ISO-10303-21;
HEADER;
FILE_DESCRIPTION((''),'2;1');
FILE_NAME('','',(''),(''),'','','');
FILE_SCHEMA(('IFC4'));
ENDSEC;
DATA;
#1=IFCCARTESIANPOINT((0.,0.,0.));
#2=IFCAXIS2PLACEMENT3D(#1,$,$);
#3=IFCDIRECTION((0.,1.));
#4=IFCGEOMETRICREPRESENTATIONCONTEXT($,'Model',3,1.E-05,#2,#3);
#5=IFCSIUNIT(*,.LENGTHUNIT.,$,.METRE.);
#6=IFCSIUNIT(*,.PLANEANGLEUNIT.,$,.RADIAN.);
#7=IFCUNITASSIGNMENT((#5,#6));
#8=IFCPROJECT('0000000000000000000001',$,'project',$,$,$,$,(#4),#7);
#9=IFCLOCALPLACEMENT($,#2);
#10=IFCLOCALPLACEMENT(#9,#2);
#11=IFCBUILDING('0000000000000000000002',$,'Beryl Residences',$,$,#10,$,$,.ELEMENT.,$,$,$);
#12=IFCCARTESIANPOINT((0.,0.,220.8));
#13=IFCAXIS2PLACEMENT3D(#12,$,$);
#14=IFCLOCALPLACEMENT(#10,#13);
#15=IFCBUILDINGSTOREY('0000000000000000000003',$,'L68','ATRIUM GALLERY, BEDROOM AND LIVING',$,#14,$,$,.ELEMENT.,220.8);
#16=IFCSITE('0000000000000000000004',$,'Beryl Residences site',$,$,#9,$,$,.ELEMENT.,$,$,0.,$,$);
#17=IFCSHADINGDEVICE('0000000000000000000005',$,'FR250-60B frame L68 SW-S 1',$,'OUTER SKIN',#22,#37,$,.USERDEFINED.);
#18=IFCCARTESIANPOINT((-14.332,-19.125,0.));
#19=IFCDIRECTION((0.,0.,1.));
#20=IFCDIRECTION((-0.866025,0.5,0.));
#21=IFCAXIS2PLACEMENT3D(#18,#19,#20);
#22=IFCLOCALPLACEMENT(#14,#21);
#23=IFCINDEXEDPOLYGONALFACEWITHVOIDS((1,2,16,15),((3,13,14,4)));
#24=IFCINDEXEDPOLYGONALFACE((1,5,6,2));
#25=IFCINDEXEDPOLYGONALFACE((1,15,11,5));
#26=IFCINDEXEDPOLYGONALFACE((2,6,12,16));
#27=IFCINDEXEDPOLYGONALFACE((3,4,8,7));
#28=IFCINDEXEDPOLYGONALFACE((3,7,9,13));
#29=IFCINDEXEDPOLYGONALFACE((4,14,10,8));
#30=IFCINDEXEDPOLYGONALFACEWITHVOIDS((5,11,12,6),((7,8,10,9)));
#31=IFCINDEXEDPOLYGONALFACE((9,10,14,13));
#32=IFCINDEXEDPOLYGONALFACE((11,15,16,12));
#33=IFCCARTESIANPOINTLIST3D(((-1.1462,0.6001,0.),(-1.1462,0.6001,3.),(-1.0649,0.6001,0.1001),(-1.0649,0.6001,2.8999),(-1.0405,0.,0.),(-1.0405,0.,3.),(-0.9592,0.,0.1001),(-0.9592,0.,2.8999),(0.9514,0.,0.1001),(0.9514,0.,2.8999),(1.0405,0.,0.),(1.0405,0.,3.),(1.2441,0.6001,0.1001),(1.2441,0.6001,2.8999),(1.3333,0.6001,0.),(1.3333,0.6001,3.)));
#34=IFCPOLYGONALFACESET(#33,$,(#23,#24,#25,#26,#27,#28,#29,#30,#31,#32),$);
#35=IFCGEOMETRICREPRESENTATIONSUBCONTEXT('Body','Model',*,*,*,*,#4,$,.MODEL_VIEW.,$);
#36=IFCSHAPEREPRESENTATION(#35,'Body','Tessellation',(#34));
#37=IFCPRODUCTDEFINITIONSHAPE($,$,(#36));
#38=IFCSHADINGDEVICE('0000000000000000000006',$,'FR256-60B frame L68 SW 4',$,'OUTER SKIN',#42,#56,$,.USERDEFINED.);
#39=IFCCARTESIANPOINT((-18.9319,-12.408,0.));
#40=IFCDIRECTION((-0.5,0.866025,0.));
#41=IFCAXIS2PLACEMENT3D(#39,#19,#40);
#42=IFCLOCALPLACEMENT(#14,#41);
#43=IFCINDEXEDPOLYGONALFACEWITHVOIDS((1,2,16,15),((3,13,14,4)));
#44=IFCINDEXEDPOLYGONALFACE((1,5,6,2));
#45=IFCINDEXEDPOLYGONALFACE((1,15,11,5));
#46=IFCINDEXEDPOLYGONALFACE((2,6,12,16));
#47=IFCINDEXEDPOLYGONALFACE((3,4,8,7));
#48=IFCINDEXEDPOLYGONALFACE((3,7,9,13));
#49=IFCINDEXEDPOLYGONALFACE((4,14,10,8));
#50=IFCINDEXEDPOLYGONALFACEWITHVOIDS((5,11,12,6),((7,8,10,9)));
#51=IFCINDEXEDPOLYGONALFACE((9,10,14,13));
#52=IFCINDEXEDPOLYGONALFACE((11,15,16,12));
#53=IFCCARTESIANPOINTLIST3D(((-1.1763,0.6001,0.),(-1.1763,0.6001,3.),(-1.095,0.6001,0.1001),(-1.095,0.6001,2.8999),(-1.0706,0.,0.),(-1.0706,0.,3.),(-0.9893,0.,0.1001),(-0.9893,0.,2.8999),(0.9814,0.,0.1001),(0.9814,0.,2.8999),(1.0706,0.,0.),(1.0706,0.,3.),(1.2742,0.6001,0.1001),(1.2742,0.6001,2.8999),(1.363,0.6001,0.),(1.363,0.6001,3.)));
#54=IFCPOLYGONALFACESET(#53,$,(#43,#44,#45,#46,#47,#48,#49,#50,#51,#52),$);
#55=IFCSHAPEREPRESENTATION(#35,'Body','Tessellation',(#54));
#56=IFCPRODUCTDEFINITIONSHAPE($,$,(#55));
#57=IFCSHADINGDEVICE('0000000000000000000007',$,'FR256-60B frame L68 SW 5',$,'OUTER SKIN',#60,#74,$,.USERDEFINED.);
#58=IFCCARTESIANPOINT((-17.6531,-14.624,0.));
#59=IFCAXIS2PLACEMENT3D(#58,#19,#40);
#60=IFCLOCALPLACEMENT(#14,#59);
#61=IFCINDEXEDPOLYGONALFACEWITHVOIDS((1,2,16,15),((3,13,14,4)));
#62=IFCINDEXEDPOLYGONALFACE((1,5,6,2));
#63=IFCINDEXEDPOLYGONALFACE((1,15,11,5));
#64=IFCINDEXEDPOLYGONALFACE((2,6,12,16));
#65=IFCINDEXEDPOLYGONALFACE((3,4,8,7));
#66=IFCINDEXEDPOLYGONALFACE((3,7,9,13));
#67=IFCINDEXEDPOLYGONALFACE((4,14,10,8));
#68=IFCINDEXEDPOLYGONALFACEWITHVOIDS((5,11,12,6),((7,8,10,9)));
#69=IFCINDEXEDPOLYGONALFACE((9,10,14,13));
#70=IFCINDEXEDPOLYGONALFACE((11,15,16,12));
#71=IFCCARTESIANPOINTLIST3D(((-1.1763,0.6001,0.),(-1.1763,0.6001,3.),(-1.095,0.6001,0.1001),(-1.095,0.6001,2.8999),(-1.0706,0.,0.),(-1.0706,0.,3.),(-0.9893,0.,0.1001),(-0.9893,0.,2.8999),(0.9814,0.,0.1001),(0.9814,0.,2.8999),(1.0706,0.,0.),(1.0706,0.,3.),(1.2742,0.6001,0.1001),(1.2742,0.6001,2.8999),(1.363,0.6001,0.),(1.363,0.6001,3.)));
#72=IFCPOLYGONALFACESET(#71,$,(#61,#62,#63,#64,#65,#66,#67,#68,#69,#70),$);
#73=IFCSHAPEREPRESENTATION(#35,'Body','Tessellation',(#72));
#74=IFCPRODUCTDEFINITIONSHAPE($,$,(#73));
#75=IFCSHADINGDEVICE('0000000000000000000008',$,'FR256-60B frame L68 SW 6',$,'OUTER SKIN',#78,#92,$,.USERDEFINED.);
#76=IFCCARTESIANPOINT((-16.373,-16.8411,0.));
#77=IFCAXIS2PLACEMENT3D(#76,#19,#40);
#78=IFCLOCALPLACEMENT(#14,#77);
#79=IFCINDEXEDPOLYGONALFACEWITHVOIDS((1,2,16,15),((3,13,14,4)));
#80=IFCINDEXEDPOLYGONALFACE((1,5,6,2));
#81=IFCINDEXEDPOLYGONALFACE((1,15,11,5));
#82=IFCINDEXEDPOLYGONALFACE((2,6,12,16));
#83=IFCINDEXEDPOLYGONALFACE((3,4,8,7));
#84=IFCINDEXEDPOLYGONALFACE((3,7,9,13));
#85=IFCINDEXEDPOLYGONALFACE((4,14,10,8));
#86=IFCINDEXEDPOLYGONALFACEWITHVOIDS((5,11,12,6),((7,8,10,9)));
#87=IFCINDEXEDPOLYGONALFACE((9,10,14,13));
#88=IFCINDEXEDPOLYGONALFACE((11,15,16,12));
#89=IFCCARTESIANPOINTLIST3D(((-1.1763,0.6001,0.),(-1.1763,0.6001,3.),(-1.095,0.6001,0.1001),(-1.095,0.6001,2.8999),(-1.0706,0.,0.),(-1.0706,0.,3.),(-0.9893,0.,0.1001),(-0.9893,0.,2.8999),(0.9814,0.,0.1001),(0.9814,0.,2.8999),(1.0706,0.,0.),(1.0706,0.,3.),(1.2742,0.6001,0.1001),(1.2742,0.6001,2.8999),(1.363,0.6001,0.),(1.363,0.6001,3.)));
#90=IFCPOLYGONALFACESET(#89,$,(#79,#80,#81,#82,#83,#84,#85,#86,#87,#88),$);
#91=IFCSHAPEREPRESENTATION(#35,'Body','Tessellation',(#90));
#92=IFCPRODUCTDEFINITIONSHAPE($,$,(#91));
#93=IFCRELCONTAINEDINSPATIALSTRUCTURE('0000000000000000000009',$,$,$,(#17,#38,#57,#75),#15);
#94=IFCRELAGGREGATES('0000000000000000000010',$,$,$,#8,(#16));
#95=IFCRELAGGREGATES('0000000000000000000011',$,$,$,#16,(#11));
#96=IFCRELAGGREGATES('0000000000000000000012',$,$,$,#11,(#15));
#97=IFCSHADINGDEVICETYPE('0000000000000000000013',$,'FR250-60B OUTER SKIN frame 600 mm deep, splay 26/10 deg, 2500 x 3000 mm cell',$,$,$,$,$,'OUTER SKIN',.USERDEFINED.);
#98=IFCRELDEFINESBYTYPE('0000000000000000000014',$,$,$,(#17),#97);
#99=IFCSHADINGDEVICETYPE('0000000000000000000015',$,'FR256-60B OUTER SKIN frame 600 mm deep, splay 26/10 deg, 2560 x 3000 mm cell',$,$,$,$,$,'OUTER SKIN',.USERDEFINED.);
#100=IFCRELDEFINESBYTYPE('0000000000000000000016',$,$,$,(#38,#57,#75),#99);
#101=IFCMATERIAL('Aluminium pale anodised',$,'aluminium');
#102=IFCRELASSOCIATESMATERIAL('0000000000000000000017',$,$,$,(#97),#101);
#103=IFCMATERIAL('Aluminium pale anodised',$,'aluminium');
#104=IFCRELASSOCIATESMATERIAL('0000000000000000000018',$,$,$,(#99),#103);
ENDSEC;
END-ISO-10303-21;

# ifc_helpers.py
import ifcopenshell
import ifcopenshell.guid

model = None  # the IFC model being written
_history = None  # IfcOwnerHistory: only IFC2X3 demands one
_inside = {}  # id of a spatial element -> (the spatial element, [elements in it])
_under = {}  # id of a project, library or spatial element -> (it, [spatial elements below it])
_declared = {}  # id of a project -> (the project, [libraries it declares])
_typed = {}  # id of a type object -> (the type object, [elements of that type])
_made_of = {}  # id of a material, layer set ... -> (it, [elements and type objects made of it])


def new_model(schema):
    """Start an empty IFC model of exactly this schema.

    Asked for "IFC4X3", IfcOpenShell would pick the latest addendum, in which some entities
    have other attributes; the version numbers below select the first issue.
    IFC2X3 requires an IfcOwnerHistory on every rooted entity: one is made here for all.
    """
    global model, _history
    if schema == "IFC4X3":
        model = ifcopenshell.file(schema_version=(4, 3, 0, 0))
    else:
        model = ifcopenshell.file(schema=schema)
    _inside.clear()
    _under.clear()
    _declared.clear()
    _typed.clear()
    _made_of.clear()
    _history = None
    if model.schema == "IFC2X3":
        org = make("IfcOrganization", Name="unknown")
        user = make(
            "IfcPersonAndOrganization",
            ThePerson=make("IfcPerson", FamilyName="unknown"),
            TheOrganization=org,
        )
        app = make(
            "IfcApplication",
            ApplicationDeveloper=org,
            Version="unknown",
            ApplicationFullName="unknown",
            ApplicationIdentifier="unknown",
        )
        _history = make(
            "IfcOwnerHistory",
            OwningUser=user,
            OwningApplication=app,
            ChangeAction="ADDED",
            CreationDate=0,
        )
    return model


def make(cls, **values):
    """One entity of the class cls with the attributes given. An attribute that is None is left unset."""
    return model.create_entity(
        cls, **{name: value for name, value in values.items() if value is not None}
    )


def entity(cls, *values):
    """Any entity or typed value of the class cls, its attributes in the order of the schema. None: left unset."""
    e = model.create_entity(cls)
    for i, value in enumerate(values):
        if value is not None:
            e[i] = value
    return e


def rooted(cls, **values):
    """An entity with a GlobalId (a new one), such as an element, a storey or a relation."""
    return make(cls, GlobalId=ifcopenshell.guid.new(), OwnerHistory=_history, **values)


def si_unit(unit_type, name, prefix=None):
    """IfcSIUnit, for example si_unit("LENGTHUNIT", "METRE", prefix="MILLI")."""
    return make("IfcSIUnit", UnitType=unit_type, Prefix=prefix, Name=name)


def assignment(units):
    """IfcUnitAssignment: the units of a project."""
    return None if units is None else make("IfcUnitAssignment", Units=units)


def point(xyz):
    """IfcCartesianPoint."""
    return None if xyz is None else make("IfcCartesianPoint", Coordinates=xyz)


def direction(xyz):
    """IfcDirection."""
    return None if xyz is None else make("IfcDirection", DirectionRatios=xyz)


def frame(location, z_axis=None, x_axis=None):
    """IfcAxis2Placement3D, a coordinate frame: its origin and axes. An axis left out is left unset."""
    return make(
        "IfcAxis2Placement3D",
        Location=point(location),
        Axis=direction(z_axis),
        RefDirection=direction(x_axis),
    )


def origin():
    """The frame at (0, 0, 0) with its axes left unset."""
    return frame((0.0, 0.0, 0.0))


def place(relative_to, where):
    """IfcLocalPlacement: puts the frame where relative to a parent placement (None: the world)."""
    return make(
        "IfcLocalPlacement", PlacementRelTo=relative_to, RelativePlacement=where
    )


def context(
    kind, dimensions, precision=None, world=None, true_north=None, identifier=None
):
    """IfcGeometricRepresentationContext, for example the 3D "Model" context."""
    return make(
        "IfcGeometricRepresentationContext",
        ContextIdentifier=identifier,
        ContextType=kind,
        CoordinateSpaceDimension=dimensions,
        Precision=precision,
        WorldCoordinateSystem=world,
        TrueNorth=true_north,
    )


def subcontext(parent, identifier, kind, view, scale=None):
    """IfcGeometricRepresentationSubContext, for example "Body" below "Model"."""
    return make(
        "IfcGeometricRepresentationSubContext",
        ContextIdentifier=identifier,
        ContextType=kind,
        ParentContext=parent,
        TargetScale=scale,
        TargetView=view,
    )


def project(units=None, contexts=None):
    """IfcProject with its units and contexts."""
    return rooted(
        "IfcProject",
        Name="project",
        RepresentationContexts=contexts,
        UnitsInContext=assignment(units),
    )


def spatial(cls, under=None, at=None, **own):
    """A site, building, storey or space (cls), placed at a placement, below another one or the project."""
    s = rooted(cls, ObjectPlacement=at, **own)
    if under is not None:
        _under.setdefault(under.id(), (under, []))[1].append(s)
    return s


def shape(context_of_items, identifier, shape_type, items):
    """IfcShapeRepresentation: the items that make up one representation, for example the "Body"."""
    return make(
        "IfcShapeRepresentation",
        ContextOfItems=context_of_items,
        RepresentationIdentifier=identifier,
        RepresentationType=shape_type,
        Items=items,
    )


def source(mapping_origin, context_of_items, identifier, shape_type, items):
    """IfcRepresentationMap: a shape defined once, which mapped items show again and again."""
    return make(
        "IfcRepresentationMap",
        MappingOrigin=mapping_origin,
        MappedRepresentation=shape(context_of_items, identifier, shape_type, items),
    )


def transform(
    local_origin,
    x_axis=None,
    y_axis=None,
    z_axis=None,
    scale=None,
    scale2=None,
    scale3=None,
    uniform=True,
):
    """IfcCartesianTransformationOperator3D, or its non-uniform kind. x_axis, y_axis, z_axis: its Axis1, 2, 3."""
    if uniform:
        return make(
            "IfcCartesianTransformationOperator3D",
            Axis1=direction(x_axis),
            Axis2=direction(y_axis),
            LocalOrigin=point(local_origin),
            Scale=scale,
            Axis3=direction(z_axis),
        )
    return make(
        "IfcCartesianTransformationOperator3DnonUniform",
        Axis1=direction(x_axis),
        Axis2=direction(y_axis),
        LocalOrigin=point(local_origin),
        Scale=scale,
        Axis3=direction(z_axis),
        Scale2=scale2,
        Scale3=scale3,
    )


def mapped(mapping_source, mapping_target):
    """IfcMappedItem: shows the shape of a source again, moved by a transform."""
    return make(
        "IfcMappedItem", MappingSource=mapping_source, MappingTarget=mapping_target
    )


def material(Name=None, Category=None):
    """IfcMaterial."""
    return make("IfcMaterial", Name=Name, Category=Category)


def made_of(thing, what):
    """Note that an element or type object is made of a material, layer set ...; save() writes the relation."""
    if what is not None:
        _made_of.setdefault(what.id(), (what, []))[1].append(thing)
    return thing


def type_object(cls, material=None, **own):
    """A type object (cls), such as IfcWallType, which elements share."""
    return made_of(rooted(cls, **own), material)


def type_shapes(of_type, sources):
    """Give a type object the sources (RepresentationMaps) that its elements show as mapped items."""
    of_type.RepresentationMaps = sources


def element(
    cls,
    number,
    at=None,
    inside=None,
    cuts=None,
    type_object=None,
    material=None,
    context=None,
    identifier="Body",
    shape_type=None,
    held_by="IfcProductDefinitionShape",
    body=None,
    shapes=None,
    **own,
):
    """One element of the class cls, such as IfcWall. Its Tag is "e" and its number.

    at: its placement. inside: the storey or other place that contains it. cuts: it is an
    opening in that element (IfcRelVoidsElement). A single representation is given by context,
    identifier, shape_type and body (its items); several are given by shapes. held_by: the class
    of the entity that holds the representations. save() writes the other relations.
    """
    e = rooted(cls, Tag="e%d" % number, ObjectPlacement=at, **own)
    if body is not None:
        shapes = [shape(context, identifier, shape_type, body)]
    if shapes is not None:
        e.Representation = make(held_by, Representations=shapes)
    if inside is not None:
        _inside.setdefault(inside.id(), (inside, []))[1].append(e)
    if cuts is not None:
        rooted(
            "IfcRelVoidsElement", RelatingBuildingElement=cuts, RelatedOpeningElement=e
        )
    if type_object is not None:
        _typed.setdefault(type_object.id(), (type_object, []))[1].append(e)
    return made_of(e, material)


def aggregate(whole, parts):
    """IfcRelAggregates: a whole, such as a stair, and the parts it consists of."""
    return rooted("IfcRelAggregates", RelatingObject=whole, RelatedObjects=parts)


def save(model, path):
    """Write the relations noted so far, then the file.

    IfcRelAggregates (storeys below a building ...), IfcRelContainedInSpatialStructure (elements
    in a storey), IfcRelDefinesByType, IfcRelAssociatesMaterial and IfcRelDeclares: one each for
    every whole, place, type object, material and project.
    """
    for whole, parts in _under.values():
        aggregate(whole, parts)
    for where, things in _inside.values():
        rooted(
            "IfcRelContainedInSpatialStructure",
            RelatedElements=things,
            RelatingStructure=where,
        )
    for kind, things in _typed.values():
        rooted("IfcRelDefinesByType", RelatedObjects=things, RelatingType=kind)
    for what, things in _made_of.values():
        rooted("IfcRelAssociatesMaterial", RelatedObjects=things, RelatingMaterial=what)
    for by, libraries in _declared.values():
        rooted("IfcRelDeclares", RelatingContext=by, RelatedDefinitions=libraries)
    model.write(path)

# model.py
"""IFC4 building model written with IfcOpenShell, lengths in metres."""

from ifc_helpers import new_model, entity, si_unit, direction, frame, origin, place, context, subcontext, project, spatial, source, transform, mapped, material, type_object, type_shapes, element, save


model = new_model("IFC4")

# Units and contexts
model_context = context("Model", 3, precision=1e-05, world=origin(), true_north=direction((0.0, 1.0)))
body_context = subcontext(model_context, "Body", "Model", "MODEL_VIEW")
ifc_project = project(units=[si_unit("LENGTHUNIT", "METRE"), si_unit("PLANEANGLEUNIT", "RADIAN")], contexts=[model_context])

# Site, building, storey
site_placement = place(None, origin())
site = spatial("IfcSite", under=ifc_project, at=site_placement, Name="Beryl Residences site", CompositionType="ELEMENT", RefElevation=0.0)
building_placement = place(site_placement, origin())
building = spatial("IfcBuilding", under=site, at=building_placement, Name="Beryl Residences", CompositionType="ELEMENT")
storey_placement = place(building_placement, frame((0.0, 0.0, 220.8)))
storey = spatial("IfcBuildingStorey", under=building, at=storey_placement, Name="L68", Description="ATRIUM GALLERY, BEDROOM AND LIVING", CompositionType="ELEMENT", Elevation=220.8)

# Shading devices
ifc_material_1 = material(Name="Aluminium pale anodised", Category="aluminium")
shading_device_type_1 = type_object("IfcShadingDeviceType", Name="FR250-60B OUTER SKIN frame 600 mm deep, splay 26/10 deg, 2500 x 3000 mm cell", ElementType="OUTER SKIN", PredefinedType="USERDEFINED", material=ifc_material_1)
cartesian_point_1 = entity("IfcCartesianPoint", [-1.0405, 0.0])
cartesian_point_2 = entity("IfcCartesianPoint", [-0.9514, 0.1001])
cartesian_point_3 = entity("IfcCartesianPoint", [-1.3333, 0.0])
cartesian_point_4 = entity("IfcCartesianPoint", [-1.2441, 0.1001])
shared_shape_1 = source(origin(), body_context, "Body", "SweptSolid", [
    entity("IfcExtrudedAreaSolidTapered", entity("IfcArbitraryProfileDefWithVoids", "AREA", None, entity("IfcPolyline", [cartesian_point_1, entity("IfcCartesianPoint", [1.0405, 0.0]), entity("IfcCartesianPoint", [1.0405, 3.0]), entity("IfcCartesianPoint", [-1.0405, 3.0]), cartesian_point_1]), [entity("IfcPolyline", [cartesian_point_2, entity("IfcCartesianPoint", [0.9592, 0.1001]), entity("IfcCartesianPoint", [0.9592, 2.8999]), entity("IfcCartesianPoint", [-0.9514, 2.8999]), cartesian_point_2])]), entity("IfcAxis2Placement3D", entity("IfcCartesianPoint", [0.0, 0.0, 0.0]), entity("IfcDirection", [0.0, 1.0, 0.0]), entity("IfcDirection", [-1.0, 0.0, 0.0])), entity("IfcDirection", [0.0, 0.0, 1.0]), 0.6001, entity("IfcArbitraryProfileDefWithVoids", "AREA", None, entity("IfcPolyline", [cartesian_point_3, entity("IfcCartesianPoint", [1.1462, 0.0]), entity("IfcCartesianPoint", [1.1462, 3.0]), entity("IfcCartesianPoint", [-1.3333, 3.0]), cartesian_point_3]), [entity("IfcPolyline", [cartesian_point_4, entity("IfcCartesianPoint", [1.0649, 0.1001]), entity("IfcCartesianPoint", [1.0649, 2.8999]), entity("IfcCartesianPoint", [-1.2441, 2.8999]), cartesian_point_4])])),
])
type_shapes(shading_device_type_1, [shared_shape_1])
shading_device_placement = place(storey_placement, frame((-14.332, -19.125, 0.0), z_axis=(0.0, 0.0, 1.0), x_axis=(-0.866025, 0.5, 0.0)))
element("IfcShadingDevice", 1, at=shading_device_placement, inside=storey, type_object=shading_device_type_1, Name="FR250-60B frame L68 SW-S 1", ObjectType="OUTER SKIN", PredefinedType="USERDEFINED", context=body_context, shape_type="MappedRepresentation", body=[
    mapped(shared_shape_1, transform((0.0, 0.0, 0.0))),
])
ifc_material_2 = material(Name="Aluminium pale anodised", Category="aluminium")
shading_device_type_2 = type_object("IfcShadingDeviceType", Name="FR256-60B OUTER SKIN frame 600 mm deep, splay 26/10 deg, 2560 x 3000 mm cell", ElementType="OUTER SKIN", PredefinedType="USERDEFINED", material=ifc_material_2)
cartesian_point_5 = entity("IfcCartesianPoint", [-1.0706, 0.0])
cartesian_point_6 = entity("IfcCartesianPoint", [-0.9814, 0.1001])
cartesian_point_7 = entity("IfcCartesianPoint", [-1.363, 0.0])
cartesian_point_8 = entity("IfcCartesianPoint", [-1.2742, 0.1001])
shared_shape_2 = source(origin(), body_context, "Body", "SweptSolid", [
    entity("IfcExtrudedAreaSolidTapered", entity("IfcArbitraryProfileDefWithVoids", "AREA", None, entity("IfcPolyline", [cartesian_point_5, entity("IfcCartesianPoint", [1.0706, 0.0]), entity("IfcCartesianPoint", [1.0706, 3.0]), entity("IfcCartesianPoint", [-1.0706, 3.0]), cartesian_point_5]), [entity("IfcPolyline", [cartesian_point_6, entity("IfcCartesianPoint", [0.9893, 0.1001]), entity("IfcCartesianPoint", [0.9893, 2.8999]), entity("IfcCartesianPoint", [-0.9814, 2.8999]), cartesian_point_6])]), entity("IfcAxis2Placement3D", entity("IfcCartesianPoint", [0.0, 0.0, 0.0]), entity("IfcDirection", [0.0, 1.0, 0.0]), entity("IfcDirection", [-1.0, 0.0, 0.0])), entity("IfcDirection", [0.0, 0.0, 1.0]), 0.6001, entity("IfcArbitraryProfileDefWithVoids", "AREA", None, entity("IfcPolyline", [cartesian_point_7, entity("IfcCartesianPoint", [1.1763, 0.0]), entity("IfcCartesianPoint", [1.1763, 3.0]), entity("IfcCartesianPoint", [-1.363, 3.0]), cartesian_point_7]), [entity("IfcPolyline", [cartesian_point_8, entity("IfcCartesianPoint", [1.095, 0.1001]), entity("IfcCartesianPoint", [1.095, 2.8999]), entity("IfcCartesianPoint", [-1.2742, 2.8999]), cartesian_point_8])])),
])
type_shapes(shading_device_type_2, [shared_shape_2])
for number, where, z_axis, x_axis, name in (
    (2, (-18.9319, -12.408, 0.0), (0.0, 0.0, 1.0), (-0.5, 0.866025, 0.0), "FR256-60B frame L68 SW 4"),
    (3, (-17.6531, -14.624, 0.0), (0.0, 0.0, 1.0), (-0.5, 0.866025, 0.0), "FR256-60B frame L68 SW 5"),
    (4, (-16.373, -16.8411, 0.0), (0.0, 0.0, 1.0), (-0.5, 0.866025, 0.0), "FR256-60B frame L68 SW 6"),
):
    element("IfcShadingDevice", number, at=place(storey_placement, frame(where, z_axis=z_axis, x_axis=x_axis)), inside=storey, type_object=shading_device_type_2, Name=name, ObjectType="OUTER SKIN", PredefinedType="USERDEFINED", context=body_context, shape_type="MappedRepresentation", body=[
        mapped(shared_shape_2, transform((0.0, 0.0, 0.0))),
    ])

save(model, "model.ifc")
